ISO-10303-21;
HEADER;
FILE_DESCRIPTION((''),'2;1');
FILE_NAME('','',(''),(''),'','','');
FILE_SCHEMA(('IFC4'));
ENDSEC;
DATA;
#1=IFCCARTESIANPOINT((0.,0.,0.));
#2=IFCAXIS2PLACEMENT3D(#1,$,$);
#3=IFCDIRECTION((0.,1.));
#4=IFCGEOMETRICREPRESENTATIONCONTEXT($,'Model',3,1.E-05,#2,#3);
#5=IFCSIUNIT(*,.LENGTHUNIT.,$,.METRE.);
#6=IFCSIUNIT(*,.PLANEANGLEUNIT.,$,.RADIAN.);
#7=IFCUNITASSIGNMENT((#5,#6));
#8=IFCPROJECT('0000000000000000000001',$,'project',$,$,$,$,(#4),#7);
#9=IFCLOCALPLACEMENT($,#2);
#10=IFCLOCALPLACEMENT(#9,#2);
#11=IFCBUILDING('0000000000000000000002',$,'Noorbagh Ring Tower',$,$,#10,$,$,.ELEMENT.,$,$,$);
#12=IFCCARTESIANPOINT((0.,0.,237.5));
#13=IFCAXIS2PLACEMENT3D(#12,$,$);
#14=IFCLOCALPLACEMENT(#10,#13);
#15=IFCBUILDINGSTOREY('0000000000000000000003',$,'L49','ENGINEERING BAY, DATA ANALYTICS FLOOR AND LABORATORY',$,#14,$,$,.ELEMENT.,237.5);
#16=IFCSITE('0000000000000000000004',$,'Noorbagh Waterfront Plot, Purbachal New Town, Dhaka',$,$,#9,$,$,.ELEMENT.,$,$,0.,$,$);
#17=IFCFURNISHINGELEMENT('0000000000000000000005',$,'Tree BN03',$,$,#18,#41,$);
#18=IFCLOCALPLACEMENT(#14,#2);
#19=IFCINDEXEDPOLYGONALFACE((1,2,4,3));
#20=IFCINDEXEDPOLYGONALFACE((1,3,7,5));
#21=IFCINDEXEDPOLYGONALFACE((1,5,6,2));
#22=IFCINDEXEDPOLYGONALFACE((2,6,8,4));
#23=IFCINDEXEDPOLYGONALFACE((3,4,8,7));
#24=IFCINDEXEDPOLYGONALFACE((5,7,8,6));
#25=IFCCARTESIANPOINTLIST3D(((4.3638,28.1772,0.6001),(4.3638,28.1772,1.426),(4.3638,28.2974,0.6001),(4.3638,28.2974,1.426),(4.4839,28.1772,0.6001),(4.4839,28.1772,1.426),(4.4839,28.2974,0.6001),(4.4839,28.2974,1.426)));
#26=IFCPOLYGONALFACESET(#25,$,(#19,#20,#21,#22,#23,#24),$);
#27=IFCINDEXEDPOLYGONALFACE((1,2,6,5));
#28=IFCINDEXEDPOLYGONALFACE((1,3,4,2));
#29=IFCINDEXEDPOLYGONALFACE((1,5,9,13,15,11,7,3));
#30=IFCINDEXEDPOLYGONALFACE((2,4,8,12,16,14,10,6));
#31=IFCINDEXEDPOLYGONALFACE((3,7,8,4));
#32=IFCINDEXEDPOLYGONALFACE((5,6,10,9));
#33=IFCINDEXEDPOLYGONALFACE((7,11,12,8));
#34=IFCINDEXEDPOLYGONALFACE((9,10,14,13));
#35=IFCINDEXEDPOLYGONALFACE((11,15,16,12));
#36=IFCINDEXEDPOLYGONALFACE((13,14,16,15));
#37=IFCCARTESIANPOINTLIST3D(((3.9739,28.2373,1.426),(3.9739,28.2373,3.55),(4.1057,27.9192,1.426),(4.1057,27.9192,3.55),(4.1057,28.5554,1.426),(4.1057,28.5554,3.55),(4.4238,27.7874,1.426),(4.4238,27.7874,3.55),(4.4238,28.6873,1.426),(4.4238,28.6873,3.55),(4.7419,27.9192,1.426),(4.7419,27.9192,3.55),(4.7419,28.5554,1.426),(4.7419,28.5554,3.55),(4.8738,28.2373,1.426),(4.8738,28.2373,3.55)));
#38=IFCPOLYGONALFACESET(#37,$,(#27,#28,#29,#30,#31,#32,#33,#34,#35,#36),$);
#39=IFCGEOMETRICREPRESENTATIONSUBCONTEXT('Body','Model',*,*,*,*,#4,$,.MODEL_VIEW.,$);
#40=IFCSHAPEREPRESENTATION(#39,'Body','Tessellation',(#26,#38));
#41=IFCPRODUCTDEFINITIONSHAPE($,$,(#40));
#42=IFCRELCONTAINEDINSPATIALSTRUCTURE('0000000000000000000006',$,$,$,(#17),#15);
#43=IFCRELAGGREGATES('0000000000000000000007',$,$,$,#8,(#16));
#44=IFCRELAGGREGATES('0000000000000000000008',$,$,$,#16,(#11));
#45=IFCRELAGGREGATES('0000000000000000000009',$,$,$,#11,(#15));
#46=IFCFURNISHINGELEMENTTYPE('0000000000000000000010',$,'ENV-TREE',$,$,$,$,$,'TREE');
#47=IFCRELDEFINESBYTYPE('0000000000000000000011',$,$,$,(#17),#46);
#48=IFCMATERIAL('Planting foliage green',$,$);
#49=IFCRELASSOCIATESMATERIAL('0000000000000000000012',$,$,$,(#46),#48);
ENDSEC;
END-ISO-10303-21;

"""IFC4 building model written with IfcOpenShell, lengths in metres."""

from ifc_helpers import new_model, si_unit, direction, frame, origin, origin_2d, place, context, subcontext, project, spatial, polyline, rectangle, outline, extrude, material, type_object, element, save


model = new_model("IFC4")

# Units and contexts
model_context = context("Model", 3, precision=1e-05, world=origin(), true_north=direction((0.0, 1.0)))
body_context = subcontext(model_context, "Body", "Model", "MODEL_VIEW")
ifc_project = project(units=[si_unit("LENGTHUNIT", "METRE"), si_unit("PLANEANGLEUNIT", "RADIAN")], contexts=[model_context])

# Site, building, storey
site_placement = place(None, origin())
site = spatial("IfcSite", under=ifc_project, at=site_placement, Name="Noorbagh Waterfront Plot, Purbachal New Town, Dhaka", CompositionType="ELEMENT", RefElevation=0.0)
building_placement = place(site_placement, origin())
building = spatial("IfcBuilding", under=site, at=building_placement, Name="Noorbagh Ring Tower", CompositionType="ELEMENT")
storey_placement = place(building_placement, frame((0.0, 0.0, 237.5)))
storey = spatial("IfcBuildingStorey", under=building, at=storey_placement, Name="L49", Description="ENGINEERING BAY, DATA ANALYTICS FLOOR AND LABORATORY", CompositionType="ELEMENT", Elevation=237.5)

# Furnishing element
ifc_material_1 = material(Name="Planting foliage green")
furnishing_element_type = type_object("IfcFurnishingElementType", Name="ENV-TREE", ElementType="TREE", material=ifc_material_1)
furnishing_placement = place(storey_placement, frame((4.4238, 28.2373, 0.6001), z_axis=(0.0, 0.0, 1.0), x_axis=(1.0, 0.0, 0.0)))
element("IfcFurnishingElement", 1, at=furnishing_placement, inside=storey, type_object=furnishing_element_type, Name="Tree BN03", context=body_context, shape_type="SweptSolid", body=[
    extrude(rectangle(XDim=0.1201, YDim=0.1201, at=origin_2d()), origin(), (0.0, 0.0, 1.0), 0.8259),
    extrude(outline(polyline([(0.45, 0.0), (0.3181, 0.3181), (0.0, 0.45), (-0.3181, 0.3181), (-0.45, 0.0), (-0.3181, -0.3181), (0.0, -0.45), (0.3181, -0.3181), (0.45, 0.0)])), frame((0.0, 0.0, 0.8259)), (0.0, 0.0, 1.0), 2.124),
])

save(model, "model.ifc")
